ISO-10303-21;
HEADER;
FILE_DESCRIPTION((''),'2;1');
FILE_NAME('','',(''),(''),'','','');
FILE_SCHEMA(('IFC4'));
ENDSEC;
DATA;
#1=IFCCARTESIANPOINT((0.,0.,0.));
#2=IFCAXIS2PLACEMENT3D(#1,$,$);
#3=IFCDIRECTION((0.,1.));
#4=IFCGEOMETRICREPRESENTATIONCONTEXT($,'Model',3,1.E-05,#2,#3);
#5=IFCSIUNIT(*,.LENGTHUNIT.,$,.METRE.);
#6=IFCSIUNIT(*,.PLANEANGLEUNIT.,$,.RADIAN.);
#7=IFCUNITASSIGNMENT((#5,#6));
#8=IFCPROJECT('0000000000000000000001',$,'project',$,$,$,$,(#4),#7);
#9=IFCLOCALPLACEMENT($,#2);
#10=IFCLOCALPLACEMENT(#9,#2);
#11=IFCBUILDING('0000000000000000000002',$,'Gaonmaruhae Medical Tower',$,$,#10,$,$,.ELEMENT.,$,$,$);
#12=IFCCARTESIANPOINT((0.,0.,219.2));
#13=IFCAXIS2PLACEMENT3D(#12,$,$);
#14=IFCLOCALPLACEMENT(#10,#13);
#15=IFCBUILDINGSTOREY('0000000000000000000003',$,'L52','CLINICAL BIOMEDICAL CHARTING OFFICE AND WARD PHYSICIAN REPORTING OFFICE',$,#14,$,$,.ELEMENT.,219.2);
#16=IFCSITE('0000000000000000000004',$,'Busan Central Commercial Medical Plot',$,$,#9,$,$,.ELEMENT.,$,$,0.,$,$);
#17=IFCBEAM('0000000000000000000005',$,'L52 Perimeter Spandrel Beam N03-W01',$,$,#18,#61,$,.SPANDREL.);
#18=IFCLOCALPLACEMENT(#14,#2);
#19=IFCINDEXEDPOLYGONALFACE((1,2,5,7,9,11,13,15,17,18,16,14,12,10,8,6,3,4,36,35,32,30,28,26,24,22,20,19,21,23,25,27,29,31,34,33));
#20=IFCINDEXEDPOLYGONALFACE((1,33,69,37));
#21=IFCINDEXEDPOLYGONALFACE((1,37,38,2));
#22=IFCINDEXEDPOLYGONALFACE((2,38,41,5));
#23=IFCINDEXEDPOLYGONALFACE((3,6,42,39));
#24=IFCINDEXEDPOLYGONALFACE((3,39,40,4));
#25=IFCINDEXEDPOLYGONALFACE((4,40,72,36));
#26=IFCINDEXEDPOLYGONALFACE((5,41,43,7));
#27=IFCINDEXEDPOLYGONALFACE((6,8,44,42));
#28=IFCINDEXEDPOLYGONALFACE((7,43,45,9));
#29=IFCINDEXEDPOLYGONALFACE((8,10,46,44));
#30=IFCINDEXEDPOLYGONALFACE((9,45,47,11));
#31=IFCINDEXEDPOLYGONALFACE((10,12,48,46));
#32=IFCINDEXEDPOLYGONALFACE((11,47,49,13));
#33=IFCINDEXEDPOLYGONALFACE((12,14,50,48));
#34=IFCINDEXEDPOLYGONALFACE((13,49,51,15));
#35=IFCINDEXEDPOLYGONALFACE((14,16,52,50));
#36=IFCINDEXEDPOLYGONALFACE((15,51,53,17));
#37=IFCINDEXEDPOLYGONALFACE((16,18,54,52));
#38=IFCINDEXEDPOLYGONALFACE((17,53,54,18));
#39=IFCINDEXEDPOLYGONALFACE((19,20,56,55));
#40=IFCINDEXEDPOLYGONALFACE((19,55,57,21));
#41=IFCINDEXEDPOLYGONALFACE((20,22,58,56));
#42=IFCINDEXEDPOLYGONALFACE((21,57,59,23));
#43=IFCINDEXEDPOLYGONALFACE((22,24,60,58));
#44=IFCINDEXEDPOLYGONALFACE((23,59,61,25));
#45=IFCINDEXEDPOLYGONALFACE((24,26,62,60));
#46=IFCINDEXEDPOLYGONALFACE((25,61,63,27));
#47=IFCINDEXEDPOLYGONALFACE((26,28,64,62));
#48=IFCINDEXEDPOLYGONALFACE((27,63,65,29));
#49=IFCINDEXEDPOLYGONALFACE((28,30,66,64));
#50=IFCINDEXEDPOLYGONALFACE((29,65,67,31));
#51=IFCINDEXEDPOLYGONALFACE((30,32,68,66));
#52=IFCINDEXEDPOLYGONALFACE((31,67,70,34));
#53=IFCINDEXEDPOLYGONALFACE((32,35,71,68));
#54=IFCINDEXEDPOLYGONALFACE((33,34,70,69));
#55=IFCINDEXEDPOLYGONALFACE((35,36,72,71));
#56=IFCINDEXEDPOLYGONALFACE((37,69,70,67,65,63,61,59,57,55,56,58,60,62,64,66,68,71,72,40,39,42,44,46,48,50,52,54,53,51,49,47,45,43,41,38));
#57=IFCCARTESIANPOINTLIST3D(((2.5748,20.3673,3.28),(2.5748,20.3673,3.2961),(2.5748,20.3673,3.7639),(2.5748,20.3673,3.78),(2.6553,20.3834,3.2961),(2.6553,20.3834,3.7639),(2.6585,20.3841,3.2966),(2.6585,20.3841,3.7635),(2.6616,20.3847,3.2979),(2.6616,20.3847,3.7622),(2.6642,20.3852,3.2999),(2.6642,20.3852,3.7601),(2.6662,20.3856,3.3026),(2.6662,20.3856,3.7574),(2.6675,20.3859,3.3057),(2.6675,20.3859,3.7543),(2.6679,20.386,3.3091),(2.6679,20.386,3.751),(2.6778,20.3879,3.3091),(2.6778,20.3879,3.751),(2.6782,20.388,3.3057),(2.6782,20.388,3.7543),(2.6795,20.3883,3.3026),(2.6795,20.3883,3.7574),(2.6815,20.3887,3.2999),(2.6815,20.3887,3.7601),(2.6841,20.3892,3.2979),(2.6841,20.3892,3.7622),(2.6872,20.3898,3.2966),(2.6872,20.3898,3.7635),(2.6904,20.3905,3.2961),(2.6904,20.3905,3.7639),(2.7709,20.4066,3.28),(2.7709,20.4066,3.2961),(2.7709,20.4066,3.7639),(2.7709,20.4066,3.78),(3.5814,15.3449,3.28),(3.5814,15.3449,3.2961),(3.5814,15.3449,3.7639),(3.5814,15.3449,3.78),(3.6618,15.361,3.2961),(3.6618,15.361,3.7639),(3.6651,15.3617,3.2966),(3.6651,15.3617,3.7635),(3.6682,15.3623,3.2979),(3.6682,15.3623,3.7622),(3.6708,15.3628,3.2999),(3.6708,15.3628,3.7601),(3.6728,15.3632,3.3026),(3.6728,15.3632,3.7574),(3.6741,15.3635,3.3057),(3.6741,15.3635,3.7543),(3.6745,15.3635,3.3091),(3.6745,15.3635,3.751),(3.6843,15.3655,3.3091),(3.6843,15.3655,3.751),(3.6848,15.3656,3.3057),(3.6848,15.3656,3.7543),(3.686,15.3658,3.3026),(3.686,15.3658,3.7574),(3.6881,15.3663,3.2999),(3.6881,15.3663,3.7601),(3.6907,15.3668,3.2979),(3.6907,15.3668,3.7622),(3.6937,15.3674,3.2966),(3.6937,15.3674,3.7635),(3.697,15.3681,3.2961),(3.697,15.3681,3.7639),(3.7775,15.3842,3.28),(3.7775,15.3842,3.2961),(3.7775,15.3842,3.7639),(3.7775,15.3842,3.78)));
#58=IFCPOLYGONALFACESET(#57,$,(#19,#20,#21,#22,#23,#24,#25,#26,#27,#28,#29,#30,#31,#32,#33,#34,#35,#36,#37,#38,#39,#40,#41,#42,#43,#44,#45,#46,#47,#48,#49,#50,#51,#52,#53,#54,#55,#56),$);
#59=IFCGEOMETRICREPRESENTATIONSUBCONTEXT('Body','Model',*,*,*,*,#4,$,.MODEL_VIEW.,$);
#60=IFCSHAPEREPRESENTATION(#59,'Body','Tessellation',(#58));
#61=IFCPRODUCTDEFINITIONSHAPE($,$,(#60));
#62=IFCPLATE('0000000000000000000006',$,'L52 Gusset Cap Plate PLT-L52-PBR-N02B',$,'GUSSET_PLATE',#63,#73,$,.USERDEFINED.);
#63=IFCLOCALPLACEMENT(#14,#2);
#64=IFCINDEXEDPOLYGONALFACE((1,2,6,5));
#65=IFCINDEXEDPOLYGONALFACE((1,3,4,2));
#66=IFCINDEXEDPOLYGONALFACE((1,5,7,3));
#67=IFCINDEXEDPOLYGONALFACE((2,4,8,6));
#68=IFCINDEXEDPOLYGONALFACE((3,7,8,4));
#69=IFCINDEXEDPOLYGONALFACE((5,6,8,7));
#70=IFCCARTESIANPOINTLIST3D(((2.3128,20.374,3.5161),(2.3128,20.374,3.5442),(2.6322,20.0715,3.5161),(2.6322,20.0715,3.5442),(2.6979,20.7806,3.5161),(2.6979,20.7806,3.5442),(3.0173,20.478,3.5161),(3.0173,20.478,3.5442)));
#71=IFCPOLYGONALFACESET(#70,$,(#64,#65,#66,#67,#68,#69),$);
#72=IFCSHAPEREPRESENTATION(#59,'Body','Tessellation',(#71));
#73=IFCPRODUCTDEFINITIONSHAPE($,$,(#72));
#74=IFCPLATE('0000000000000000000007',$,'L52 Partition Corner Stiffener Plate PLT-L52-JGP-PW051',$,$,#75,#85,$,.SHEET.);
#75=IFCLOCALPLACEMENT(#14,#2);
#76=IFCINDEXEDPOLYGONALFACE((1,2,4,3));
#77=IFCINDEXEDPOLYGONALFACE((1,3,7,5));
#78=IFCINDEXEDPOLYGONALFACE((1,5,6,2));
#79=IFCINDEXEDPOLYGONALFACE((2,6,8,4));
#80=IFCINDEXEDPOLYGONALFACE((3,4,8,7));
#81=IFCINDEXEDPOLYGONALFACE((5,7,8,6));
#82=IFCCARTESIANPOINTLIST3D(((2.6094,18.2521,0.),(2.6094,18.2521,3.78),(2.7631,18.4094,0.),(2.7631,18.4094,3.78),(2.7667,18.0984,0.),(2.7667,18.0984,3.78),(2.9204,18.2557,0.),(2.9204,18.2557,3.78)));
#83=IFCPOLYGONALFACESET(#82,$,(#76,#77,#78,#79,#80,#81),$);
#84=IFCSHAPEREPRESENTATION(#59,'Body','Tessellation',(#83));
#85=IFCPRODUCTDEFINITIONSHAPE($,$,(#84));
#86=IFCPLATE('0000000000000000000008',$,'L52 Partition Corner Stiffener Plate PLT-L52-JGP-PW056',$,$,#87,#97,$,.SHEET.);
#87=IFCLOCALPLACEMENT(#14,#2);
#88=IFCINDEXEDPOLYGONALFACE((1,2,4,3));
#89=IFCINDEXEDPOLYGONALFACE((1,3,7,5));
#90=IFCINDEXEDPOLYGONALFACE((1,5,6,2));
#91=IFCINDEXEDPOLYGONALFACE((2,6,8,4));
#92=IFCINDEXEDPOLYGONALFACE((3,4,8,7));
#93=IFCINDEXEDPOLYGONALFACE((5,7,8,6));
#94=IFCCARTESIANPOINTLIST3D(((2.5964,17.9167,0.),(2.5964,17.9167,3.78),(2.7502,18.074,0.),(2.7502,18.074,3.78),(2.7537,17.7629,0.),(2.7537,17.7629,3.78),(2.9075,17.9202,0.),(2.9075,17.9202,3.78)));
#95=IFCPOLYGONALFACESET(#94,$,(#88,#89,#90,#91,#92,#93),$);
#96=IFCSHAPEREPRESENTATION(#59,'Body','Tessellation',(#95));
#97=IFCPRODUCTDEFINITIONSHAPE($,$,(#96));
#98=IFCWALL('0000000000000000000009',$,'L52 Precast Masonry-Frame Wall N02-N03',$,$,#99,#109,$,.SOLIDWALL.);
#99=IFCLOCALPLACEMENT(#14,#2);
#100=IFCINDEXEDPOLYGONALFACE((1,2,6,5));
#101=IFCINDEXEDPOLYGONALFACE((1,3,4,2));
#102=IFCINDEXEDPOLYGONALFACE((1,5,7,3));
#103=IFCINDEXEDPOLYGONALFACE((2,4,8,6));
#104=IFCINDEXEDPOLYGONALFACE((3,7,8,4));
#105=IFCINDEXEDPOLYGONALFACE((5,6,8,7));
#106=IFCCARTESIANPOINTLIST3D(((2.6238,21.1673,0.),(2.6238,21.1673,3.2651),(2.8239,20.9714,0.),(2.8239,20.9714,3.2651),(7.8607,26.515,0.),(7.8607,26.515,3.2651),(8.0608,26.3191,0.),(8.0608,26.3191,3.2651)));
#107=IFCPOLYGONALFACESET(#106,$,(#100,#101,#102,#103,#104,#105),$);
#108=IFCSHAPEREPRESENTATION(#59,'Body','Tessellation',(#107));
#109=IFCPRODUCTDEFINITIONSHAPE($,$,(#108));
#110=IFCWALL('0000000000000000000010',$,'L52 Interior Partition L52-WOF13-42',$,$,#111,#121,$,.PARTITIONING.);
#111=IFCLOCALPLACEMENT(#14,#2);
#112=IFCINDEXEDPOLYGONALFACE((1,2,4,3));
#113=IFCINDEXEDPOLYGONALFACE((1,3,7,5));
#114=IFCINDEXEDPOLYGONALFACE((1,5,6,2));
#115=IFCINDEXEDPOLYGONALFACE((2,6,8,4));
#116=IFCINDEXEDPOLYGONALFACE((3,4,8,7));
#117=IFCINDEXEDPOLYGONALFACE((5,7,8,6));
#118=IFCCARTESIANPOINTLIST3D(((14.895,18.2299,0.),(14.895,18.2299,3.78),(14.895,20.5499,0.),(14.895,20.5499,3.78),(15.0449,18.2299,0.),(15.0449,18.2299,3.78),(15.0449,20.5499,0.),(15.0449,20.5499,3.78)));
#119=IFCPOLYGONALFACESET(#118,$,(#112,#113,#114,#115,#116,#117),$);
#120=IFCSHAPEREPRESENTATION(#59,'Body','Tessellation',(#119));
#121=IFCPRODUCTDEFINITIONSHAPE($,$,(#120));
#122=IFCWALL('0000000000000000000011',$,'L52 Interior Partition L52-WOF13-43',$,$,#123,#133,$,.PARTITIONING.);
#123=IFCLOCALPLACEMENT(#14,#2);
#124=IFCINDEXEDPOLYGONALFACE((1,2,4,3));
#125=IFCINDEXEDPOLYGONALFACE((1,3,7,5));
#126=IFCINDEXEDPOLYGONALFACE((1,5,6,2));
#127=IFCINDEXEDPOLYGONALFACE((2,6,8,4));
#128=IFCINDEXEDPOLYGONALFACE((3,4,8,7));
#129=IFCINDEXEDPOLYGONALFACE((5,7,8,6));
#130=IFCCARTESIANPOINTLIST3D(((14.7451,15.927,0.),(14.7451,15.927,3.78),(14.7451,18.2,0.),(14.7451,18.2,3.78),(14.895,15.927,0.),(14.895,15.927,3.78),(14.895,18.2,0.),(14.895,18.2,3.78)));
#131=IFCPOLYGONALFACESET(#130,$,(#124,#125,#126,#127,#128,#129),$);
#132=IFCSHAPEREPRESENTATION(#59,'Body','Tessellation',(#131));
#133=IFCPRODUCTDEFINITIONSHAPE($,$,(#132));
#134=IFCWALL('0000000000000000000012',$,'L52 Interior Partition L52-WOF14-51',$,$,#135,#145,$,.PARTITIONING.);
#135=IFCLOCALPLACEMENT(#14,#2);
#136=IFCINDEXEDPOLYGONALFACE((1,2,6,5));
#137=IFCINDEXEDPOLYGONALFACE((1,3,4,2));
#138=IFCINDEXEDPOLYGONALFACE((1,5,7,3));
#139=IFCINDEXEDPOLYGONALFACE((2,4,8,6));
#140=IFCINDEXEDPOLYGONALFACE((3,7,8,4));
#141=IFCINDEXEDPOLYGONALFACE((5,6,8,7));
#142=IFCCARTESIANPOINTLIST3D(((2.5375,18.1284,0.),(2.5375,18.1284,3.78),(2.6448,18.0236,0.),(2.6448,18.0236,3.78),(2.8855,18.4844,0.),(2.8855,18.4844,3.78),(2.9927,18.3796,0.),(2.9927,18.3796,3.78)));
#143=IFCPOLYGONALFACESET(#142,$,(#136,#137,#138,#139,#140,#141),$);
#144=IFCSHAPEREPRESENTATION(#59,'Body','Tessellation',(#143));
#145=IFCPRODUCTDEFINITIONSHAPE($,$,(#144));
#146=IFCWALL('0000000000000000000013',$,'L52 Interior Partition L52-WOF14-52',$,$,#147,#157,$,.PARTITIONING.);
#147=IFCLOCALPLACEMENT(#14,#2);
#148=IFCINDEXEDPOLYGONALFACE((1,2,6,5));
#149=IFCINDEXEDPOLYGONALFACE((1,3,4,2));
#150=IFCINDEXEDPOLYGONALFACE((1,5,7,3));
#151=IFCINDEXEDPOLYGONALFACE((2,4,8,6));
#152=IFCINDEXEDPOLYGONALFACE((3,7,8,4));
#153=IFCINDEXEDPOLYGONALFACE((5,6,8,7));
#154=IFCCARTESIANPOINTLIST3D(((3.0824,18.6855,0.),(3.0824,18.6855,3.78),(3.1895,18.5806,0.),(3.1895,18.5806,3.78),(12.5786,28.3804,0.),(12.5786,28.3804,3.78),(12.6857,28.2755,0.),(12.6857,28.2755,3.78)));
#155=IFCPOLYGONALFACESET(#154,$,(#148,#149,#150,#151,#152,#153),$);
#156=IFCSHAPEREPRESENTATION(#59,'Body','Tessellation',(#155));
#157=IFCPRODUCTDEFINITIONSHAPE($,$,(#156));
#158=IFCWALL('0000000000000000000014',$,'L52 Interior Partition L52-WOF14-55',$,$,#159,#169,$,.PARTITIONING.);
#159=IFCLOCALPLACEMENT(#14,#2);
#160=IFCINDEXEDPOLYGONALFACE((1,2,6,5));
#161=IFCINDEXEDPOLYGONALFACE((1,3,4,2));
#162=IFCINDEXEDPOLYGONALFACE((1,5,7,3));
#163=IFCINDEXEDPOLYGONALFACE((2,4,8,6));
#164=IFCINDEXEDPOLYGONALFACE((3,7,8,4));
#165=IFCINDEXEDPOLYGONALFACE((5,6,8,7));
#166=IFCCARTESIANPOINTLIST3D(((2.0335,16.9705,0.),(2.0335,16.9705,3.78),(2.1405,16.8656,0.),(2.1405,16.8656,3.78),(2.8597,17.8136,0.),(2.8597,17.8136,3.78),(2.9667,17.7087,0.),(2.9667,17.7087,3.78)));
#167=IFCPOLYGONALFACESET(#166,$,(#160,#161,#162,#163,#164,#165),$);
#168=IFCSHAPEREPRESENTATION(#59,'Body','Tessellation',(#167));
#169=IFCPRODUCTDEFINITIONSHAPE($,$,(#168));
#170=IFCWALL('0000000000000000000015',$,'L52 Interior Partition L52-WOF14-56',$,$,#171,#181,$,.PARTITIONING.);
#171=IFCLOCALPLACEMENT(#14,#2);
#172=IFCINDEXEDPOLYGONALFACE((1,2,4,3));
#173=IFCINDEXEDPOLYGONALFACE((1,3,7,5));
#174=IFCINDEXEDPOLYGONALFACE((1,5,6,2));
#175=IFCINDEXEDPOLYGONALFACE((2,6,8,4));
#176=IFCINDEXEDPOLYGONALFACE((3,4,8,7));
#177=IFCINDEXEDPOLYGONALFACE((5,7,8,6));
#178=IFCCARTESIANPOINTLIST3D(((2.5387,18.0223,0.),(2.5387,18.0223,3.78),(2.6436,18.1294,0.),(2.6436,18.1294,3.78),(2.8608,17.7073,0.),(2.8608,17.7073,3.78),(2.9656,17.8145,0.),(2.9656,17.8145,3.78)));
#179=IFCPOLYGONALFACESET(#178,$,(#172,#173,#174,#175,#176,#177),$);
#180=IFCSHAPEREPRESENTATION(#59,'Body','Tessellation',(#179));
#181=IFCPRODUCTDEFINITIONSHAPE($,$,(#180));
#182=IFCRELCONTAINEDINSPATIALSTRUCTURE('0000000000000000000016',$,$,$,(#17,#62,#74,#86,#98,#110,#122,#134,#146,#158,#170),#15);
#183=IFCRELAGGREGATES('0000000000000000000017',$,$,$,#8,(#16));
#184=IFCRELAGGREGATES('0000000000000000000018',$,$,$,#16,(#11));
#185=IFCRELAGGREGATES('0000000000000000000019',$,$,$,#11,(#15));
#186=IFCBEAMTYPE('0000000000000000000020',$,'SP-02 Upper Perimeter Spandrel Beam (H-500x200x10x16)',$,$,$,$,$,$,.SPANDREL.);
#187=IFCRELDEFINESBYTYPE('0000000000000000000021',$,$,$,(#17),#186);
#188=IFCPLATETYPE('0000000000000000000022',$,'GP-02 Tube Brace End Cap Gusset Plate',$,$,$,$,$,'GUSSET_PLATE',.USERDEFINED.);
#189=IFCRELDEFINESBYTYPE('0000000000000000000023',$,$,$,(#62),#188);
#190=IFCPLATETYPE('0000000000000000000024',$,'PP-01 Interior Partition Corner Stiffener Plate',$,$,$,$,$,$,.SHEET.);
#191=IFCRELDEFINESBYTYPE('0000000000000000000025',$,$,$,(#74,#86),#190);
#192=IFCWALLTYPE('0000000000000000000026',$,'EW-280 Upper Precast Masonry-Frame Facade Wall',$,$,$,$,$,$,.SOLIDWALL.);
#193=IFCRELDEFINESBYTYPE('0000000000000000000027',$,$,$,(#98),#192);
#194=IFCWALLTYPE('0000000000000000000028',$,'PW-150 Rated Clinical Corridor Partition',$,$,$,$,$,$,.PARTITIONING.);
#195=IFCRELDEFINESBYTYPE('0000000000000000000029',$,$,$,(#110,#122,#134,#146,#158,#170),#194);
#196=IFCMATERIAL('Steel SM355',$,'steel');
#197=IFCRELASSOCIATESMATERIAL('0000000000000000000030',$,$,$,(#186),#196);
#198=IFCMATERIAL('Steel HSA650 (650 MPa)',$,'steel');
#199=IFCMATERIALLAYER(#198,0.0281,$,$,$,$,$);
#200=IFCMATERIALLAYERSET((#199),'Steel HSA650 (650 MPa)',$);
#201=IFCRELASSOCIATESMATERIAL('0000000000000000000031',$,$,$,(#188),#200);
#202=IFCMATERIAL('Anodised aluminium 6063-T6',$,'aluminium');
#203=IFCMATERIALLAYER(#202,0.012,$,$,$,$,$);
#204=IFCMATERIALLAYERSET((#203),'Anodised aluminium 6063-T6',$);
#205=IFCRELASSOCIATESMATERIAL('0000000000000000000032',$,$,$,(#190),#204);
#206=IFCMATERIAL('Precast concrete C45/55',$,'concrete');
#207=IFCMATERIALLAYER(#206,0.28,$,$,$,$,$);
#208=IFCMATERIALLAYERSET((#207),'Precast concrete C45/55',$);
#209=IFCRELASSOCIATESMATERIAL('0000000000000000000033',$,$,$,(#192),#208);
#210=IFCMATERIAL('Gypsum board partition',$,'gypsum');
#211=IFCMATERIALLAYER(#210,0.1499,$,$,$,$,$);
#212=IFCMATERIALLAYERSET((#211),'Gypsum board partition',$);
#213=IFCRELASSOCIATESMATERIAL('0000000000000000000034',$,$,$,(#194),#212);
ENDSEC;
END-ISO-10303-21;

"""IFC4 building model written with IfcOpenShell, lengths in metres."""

from ifc_helpers import new_model, si_unit, direction, frame, frame_2d, origin, origin_2d, place, context, subcontext, project, spatial, rectangle, i_section, extrude, material, layer, layer_set, material_profile, profile_set, type_object, element, save


model = new_model("IFC4")

# Units and contexts
model_context = context("Model", 3, precision=1e-05, world=origin(), true_north=direction((0.0, 1.0)))
body_context = subcontext(model_context, "Body", "Model", "MODEL_VIEW")
ifc_project = project(units=[si_unit("LENGTHUNIT", "METRE"), si_unit("PLANEANGLEUNIT", "RADIAN")], contexts=[model_context])

# Site, building, storey
site_placement = place(None, origin())
site = spatial("IfcSite", under=ifc_project, at=site_placement, Name="Busan Central Commercial Medical Plot", CompositionType="ELEMENT", RefElevation=0.0)
building_placement = place(site_placement, origin())
building = spatial("IfcBuilding", under=site, at=building_placement, Name="Gaonmaruhae Medical Tower", CompositionType="ELEMENT")
storey_placement = place(building_placement, frame((0.0, 0.0, 219.2)))
storey = spatial("IfcBuildingStorey", under=building, at=storey_placement, Name="L52", Description="CLINICAL BIOMEDICAL CHARTING OFFICE AND WARD PHYSICIAN REPORTING OFFICE", CompositionType="ELEMENT", Elevation=219.2)

# Beam
ifc_material_1 = material(Name="Steel SM355", Category="steel")
ifc_material_profile_1 = material_profile(ifc_material_1, i_section(OverallWidth=0.2, OverallDepth=0.5, WebThickness=0.01, FlangeThickness=0.0161, FilletRadius=0.0129, at=origin_2d()), Name="H-500x200x10x16")
ifc_profile_set_1 = profile_set([ifc_material_profile_1], Name="Steel SM355")
beam_type_1 = type_object("IfcBeamType", Name="SP-02 Upper Perimeter Spandrel Beam (H-500x200x10x16)", PredefinedType="SPANDREL", material=ifc_profile_set_1)
beam_1_placement = place(storey_placement, frame((2.6729, 20.387, 3.53), z_axis=(0.19651, -0.980502, 0.0), x_axis=(0.980502, 0.19651, 0.0)))
element("IfcBeam", 1, at=beam_1_placement, inside=storey, type_object=beam_type_1, Name="L52 Perimeter Spandrel Beam N03-W01", PredefinedType="SPANDREL", context=body_context, shape_type="SweptSolid", body=[
    extrude(i_section(OverallWidth=0.2, OverallDepth=0.5, WebThickness=0.01, FlangeThickness=0.0161, FilletRadius=0.0129, at=origin_2d()), origin(), (0.0, 0.0, 1.0), 5.1223),
])

# Plates
ifc_material_2 = material(Name="Steel HSA650 (650 MPa)", Category="steel")
ifc_layer_1 = layer(ifc_material_2, 0.0281)
ifc_layer_set_1 = layer_set([ifc_layer_1], Name="Steel HSA650 (650 MPa)")
plate_type_1 = type_object("IfcPlateType", Name="GP-02 Tube Brace End Cap Gusset Plate", ElementType="GUSSET_PLATE", PredefinedType="USERDEFINED", material=ifc_layer_set_1)
plate_placement = place(storey_placement, frame((2.665, 20.426, 3.5161), z_axis=(0.0, 0.0, 1.0), x_axis=(0.687721, 0.725975, 0.0)))
element("IfcPlate", 2, at=plate_placement, inside=storey, type_object=plate_type_1, Name="L52 Gusset Cap Plate PLT-L52-PBR-N02B", ObjectType="GUSSET_PLATE", PredefinedType="USERDEFINED", context=body_context, shape_type="SweptSolid", body=[
    extrude(rectangle(XDim=0.5601, YDim=0.4399, at=origin_2d()), origin(), (0.0, 0.0, 1.0), 0.0281),
])
ifc_material_3 = material(Name="Anodised aluminium 6063-T6", Category="aluminium")
ifc_layer_2 = layer(ifc_material_3, 0.012)
ifc_layer_set_2 = layer_set([ifc_layer_2], Name="Anodised aluminium 6063-T6")
plate_type_2 = type_object("IfcPlateType", Name="PP-01 Interior Partition Corner Stiffener Plate", PredefinedType="SHEET", material=ifc_layer_set_2)
for number, where, z_axis, x_axis, name in (
    (3, (2.7649, 18.2539, 0.0), (0.0, 0.0, 1.0), (0.699027, 0.715095, 0.0), "L52 Partition Corner Stiffener Plate PLT-L52-JGP-PW051"),
    (4, (2.752, 17.9185, 0.0), (0.0, 0.0, 1.0), (-0.714839, 0.699289, 0.0), "L52 Partition Corner Stiffener Plate PLT-L52-JGP-PW056"),
):
    element("IfcPlate", number, at=place(storey_placement, frame(where, z_axis=z_axis, x_axis=x_axis)), inside=storey, type_object=plate_type_2, Name=name, PredefinedType="SHEET", context=body_context, shape_type="SweptSolid", body=[
        extrude(rectangle(XDim=0.22, YDim=0.22, at=origin_2d()), origin(), (0.0, 0.0, 1.0), 3.78),
    ])

# Walls
ifc_material_4 = material(Name="Precast concrete C45/55", Category="concrete")
ifc_layer_3 = layer(ifc_material_4, 0.28)
ifc_layer_set_3 = layer_set([ifc_layer_3], Name="Precast concrete C45/55")
wall_type_1 = type_object("IfcWallType", Name="EW-280 Upper Precast Masonry-Frame Facade Wall", PredefinedType="SOLIDWALL", material=ifc_layer_set_3)
wall_1_placement = place(storey_placement, frame((2.7239, 21.0693, 0.0), z_axis=(0.0, 0.0, 1.0), x_axis=(0.699664, 0.714472, 0.0)))
element("IfcWall", 5, at=wall_1_placement, inside=storey, type_object=wall_type_1, Name="L52 Precast Masonry-Frame Wall N02-N03", PredefinedType="SOLIDWALL", context=body_context, shape_type="SweptSolid", body=[
    extrude(rectangle(XDim=7.4849, YDim=0.28, at=frame_2d((3.7424, 0.0))), origin(), (0.0, 0.0, 1.0), 3.2651),
])
ifc_material_5 = material(Name="Gypsum board partition", Category="gypsum")
ifc_layer_4 = layer(ifc_material_5, 0.1499)
ifc_layer_set_4 = layer_set([ifc_layer_4], Name="Gypsum board partition")
wall_type_2 = type_object("IfcWallType", Name="PW-150 Rated Clinical Corridor Partition", PredefinedType="PARTITIONING", material=ifc_layer_set_4)
wall_2_placement = place(storey_placement, frame((14.97, 20.55, 0.0), z_axis=(0.0, 0.0, 1.0), x_axis=(0.0, -1.0, 0.0)))
element("IfcWall", 6, at=wall_2_placement, inside=storey, type_object=wall_type_2, Name="L52 Interior Partition L52-WOF13-42", PredefinedType="PARTITIONING", context=body_context, shape_type="SweptSolid", body=[
    extrude(rectangle(XDim=2.3201, YDim=0.1499, at=frame_2d((1.1602, 0.0))), origin(), (0.0, 0.0, 1.0), 3.78),
])
wall_3_placement = place(storey_placement, frame((14.8201, 18.2, 0.0), z_axis=(0.0, 0.0, 1.0), x_axis=(0.0, -1.0, 0.0)))
element("IfcWall", 7, at=wall_3_placement, inside=storey, type_object=wall_type_2, Name="L52 Interior Partition L52-WOF13-43", PredefinedType="PARTITIONING", context=body_context, shape_type="SweptSolid", body=[
    extrude(rectangle(XDim=2.2729, YDim=0.1499, at=frame_2d((1.1365, 0.0))), origin(), (0.0, 0.0, 1.0), 3.78),
])
wall_4_placement = place(storey_placement, frame((2.5911, 18.0759, 0.0), z_axis=(0.0, 0.0, 1.0), x_axis=(0.698967, 0.715154, 0.0)))
element("IfcWall", 8, at=wall_4_placement, inside=storey, type_object=wall_type_2, Name="L52 Interior Partition L52-WOF14-51", PredefinedType="PARTITIONING", context=body_context, shape_type="SweptSolid", body=[
    extrude(rectangle(XDim=0.4978, YDim=0.1499, at=frame_2d((0.249, 0.0))), origin(), (0.0, 0.0, 1.0), 3.78),
])
wall_5_placement = place(storey_placement, frame((3.136, 18.6331, 0.0), z_axis=(0.0, 0.0, 1.0), x_axis=(0.699747, 0.714391, 0.0)))
element("IfcWall", 9, at=wall_5_placement, inside=storey, type_object=wall_type_2, Name="L52 Interior Partition L52-WOF14-52", PredefinedType="PARTITIONING", context=body_context, shape_type="SweptSolid", body=[
    extrude(rectangle(XDim=13.5708, YDim=0.1499, at=frame_2d((6.7854, 0.0))), origin(), (0.0, 0.0, 1.0), 3.78),
])
wall_6_placement = place(storey_placement, frame((2.0869, 16.918, 0.0), z_axis=(0.0, 0.0, 1.0), x_axis=(0.699935, 0.714207, 0.0)))
element("IfcWall", 10, at=wall_6_placement, inside=storey, type_object=wall_type_2, Name="L52 Interior Partition L52-WOF14-55", PredefinedType="PARTITIONING", context=body_context, shape_type="SweptSolid", body=[
    extrude(rectangle(XDim=1.1804, YDim=0.1499, at=frame_2d((0.5903, 0.0))), origin(), (0.0, 0.0, 1.0), 3.78),
])
wall_7_placement = place(storey_placement, frame((2.9131, 17.761, 0.0), z_axis=(0.0, 0.0, 1.0), x_axis=(-0.714922, 0.699204, 0.0)))
element("IfcWall", 11, at=wall_7_placement, inside=storey, type_object=wall_type_2, Name="L52 Interior Partition L52-WOF14-56", PredefinedType="PARTITIONING", context=body_context, shape_type="SweptSolid", body=[
    extrude(rectangle(XDim=0.4504, YDim=0.1499, at=frame_2d((0.2251, 0.0))), origin(), (0.0, 0.0, 1.0), 3.78),
])

save(model, "model.ifc")
